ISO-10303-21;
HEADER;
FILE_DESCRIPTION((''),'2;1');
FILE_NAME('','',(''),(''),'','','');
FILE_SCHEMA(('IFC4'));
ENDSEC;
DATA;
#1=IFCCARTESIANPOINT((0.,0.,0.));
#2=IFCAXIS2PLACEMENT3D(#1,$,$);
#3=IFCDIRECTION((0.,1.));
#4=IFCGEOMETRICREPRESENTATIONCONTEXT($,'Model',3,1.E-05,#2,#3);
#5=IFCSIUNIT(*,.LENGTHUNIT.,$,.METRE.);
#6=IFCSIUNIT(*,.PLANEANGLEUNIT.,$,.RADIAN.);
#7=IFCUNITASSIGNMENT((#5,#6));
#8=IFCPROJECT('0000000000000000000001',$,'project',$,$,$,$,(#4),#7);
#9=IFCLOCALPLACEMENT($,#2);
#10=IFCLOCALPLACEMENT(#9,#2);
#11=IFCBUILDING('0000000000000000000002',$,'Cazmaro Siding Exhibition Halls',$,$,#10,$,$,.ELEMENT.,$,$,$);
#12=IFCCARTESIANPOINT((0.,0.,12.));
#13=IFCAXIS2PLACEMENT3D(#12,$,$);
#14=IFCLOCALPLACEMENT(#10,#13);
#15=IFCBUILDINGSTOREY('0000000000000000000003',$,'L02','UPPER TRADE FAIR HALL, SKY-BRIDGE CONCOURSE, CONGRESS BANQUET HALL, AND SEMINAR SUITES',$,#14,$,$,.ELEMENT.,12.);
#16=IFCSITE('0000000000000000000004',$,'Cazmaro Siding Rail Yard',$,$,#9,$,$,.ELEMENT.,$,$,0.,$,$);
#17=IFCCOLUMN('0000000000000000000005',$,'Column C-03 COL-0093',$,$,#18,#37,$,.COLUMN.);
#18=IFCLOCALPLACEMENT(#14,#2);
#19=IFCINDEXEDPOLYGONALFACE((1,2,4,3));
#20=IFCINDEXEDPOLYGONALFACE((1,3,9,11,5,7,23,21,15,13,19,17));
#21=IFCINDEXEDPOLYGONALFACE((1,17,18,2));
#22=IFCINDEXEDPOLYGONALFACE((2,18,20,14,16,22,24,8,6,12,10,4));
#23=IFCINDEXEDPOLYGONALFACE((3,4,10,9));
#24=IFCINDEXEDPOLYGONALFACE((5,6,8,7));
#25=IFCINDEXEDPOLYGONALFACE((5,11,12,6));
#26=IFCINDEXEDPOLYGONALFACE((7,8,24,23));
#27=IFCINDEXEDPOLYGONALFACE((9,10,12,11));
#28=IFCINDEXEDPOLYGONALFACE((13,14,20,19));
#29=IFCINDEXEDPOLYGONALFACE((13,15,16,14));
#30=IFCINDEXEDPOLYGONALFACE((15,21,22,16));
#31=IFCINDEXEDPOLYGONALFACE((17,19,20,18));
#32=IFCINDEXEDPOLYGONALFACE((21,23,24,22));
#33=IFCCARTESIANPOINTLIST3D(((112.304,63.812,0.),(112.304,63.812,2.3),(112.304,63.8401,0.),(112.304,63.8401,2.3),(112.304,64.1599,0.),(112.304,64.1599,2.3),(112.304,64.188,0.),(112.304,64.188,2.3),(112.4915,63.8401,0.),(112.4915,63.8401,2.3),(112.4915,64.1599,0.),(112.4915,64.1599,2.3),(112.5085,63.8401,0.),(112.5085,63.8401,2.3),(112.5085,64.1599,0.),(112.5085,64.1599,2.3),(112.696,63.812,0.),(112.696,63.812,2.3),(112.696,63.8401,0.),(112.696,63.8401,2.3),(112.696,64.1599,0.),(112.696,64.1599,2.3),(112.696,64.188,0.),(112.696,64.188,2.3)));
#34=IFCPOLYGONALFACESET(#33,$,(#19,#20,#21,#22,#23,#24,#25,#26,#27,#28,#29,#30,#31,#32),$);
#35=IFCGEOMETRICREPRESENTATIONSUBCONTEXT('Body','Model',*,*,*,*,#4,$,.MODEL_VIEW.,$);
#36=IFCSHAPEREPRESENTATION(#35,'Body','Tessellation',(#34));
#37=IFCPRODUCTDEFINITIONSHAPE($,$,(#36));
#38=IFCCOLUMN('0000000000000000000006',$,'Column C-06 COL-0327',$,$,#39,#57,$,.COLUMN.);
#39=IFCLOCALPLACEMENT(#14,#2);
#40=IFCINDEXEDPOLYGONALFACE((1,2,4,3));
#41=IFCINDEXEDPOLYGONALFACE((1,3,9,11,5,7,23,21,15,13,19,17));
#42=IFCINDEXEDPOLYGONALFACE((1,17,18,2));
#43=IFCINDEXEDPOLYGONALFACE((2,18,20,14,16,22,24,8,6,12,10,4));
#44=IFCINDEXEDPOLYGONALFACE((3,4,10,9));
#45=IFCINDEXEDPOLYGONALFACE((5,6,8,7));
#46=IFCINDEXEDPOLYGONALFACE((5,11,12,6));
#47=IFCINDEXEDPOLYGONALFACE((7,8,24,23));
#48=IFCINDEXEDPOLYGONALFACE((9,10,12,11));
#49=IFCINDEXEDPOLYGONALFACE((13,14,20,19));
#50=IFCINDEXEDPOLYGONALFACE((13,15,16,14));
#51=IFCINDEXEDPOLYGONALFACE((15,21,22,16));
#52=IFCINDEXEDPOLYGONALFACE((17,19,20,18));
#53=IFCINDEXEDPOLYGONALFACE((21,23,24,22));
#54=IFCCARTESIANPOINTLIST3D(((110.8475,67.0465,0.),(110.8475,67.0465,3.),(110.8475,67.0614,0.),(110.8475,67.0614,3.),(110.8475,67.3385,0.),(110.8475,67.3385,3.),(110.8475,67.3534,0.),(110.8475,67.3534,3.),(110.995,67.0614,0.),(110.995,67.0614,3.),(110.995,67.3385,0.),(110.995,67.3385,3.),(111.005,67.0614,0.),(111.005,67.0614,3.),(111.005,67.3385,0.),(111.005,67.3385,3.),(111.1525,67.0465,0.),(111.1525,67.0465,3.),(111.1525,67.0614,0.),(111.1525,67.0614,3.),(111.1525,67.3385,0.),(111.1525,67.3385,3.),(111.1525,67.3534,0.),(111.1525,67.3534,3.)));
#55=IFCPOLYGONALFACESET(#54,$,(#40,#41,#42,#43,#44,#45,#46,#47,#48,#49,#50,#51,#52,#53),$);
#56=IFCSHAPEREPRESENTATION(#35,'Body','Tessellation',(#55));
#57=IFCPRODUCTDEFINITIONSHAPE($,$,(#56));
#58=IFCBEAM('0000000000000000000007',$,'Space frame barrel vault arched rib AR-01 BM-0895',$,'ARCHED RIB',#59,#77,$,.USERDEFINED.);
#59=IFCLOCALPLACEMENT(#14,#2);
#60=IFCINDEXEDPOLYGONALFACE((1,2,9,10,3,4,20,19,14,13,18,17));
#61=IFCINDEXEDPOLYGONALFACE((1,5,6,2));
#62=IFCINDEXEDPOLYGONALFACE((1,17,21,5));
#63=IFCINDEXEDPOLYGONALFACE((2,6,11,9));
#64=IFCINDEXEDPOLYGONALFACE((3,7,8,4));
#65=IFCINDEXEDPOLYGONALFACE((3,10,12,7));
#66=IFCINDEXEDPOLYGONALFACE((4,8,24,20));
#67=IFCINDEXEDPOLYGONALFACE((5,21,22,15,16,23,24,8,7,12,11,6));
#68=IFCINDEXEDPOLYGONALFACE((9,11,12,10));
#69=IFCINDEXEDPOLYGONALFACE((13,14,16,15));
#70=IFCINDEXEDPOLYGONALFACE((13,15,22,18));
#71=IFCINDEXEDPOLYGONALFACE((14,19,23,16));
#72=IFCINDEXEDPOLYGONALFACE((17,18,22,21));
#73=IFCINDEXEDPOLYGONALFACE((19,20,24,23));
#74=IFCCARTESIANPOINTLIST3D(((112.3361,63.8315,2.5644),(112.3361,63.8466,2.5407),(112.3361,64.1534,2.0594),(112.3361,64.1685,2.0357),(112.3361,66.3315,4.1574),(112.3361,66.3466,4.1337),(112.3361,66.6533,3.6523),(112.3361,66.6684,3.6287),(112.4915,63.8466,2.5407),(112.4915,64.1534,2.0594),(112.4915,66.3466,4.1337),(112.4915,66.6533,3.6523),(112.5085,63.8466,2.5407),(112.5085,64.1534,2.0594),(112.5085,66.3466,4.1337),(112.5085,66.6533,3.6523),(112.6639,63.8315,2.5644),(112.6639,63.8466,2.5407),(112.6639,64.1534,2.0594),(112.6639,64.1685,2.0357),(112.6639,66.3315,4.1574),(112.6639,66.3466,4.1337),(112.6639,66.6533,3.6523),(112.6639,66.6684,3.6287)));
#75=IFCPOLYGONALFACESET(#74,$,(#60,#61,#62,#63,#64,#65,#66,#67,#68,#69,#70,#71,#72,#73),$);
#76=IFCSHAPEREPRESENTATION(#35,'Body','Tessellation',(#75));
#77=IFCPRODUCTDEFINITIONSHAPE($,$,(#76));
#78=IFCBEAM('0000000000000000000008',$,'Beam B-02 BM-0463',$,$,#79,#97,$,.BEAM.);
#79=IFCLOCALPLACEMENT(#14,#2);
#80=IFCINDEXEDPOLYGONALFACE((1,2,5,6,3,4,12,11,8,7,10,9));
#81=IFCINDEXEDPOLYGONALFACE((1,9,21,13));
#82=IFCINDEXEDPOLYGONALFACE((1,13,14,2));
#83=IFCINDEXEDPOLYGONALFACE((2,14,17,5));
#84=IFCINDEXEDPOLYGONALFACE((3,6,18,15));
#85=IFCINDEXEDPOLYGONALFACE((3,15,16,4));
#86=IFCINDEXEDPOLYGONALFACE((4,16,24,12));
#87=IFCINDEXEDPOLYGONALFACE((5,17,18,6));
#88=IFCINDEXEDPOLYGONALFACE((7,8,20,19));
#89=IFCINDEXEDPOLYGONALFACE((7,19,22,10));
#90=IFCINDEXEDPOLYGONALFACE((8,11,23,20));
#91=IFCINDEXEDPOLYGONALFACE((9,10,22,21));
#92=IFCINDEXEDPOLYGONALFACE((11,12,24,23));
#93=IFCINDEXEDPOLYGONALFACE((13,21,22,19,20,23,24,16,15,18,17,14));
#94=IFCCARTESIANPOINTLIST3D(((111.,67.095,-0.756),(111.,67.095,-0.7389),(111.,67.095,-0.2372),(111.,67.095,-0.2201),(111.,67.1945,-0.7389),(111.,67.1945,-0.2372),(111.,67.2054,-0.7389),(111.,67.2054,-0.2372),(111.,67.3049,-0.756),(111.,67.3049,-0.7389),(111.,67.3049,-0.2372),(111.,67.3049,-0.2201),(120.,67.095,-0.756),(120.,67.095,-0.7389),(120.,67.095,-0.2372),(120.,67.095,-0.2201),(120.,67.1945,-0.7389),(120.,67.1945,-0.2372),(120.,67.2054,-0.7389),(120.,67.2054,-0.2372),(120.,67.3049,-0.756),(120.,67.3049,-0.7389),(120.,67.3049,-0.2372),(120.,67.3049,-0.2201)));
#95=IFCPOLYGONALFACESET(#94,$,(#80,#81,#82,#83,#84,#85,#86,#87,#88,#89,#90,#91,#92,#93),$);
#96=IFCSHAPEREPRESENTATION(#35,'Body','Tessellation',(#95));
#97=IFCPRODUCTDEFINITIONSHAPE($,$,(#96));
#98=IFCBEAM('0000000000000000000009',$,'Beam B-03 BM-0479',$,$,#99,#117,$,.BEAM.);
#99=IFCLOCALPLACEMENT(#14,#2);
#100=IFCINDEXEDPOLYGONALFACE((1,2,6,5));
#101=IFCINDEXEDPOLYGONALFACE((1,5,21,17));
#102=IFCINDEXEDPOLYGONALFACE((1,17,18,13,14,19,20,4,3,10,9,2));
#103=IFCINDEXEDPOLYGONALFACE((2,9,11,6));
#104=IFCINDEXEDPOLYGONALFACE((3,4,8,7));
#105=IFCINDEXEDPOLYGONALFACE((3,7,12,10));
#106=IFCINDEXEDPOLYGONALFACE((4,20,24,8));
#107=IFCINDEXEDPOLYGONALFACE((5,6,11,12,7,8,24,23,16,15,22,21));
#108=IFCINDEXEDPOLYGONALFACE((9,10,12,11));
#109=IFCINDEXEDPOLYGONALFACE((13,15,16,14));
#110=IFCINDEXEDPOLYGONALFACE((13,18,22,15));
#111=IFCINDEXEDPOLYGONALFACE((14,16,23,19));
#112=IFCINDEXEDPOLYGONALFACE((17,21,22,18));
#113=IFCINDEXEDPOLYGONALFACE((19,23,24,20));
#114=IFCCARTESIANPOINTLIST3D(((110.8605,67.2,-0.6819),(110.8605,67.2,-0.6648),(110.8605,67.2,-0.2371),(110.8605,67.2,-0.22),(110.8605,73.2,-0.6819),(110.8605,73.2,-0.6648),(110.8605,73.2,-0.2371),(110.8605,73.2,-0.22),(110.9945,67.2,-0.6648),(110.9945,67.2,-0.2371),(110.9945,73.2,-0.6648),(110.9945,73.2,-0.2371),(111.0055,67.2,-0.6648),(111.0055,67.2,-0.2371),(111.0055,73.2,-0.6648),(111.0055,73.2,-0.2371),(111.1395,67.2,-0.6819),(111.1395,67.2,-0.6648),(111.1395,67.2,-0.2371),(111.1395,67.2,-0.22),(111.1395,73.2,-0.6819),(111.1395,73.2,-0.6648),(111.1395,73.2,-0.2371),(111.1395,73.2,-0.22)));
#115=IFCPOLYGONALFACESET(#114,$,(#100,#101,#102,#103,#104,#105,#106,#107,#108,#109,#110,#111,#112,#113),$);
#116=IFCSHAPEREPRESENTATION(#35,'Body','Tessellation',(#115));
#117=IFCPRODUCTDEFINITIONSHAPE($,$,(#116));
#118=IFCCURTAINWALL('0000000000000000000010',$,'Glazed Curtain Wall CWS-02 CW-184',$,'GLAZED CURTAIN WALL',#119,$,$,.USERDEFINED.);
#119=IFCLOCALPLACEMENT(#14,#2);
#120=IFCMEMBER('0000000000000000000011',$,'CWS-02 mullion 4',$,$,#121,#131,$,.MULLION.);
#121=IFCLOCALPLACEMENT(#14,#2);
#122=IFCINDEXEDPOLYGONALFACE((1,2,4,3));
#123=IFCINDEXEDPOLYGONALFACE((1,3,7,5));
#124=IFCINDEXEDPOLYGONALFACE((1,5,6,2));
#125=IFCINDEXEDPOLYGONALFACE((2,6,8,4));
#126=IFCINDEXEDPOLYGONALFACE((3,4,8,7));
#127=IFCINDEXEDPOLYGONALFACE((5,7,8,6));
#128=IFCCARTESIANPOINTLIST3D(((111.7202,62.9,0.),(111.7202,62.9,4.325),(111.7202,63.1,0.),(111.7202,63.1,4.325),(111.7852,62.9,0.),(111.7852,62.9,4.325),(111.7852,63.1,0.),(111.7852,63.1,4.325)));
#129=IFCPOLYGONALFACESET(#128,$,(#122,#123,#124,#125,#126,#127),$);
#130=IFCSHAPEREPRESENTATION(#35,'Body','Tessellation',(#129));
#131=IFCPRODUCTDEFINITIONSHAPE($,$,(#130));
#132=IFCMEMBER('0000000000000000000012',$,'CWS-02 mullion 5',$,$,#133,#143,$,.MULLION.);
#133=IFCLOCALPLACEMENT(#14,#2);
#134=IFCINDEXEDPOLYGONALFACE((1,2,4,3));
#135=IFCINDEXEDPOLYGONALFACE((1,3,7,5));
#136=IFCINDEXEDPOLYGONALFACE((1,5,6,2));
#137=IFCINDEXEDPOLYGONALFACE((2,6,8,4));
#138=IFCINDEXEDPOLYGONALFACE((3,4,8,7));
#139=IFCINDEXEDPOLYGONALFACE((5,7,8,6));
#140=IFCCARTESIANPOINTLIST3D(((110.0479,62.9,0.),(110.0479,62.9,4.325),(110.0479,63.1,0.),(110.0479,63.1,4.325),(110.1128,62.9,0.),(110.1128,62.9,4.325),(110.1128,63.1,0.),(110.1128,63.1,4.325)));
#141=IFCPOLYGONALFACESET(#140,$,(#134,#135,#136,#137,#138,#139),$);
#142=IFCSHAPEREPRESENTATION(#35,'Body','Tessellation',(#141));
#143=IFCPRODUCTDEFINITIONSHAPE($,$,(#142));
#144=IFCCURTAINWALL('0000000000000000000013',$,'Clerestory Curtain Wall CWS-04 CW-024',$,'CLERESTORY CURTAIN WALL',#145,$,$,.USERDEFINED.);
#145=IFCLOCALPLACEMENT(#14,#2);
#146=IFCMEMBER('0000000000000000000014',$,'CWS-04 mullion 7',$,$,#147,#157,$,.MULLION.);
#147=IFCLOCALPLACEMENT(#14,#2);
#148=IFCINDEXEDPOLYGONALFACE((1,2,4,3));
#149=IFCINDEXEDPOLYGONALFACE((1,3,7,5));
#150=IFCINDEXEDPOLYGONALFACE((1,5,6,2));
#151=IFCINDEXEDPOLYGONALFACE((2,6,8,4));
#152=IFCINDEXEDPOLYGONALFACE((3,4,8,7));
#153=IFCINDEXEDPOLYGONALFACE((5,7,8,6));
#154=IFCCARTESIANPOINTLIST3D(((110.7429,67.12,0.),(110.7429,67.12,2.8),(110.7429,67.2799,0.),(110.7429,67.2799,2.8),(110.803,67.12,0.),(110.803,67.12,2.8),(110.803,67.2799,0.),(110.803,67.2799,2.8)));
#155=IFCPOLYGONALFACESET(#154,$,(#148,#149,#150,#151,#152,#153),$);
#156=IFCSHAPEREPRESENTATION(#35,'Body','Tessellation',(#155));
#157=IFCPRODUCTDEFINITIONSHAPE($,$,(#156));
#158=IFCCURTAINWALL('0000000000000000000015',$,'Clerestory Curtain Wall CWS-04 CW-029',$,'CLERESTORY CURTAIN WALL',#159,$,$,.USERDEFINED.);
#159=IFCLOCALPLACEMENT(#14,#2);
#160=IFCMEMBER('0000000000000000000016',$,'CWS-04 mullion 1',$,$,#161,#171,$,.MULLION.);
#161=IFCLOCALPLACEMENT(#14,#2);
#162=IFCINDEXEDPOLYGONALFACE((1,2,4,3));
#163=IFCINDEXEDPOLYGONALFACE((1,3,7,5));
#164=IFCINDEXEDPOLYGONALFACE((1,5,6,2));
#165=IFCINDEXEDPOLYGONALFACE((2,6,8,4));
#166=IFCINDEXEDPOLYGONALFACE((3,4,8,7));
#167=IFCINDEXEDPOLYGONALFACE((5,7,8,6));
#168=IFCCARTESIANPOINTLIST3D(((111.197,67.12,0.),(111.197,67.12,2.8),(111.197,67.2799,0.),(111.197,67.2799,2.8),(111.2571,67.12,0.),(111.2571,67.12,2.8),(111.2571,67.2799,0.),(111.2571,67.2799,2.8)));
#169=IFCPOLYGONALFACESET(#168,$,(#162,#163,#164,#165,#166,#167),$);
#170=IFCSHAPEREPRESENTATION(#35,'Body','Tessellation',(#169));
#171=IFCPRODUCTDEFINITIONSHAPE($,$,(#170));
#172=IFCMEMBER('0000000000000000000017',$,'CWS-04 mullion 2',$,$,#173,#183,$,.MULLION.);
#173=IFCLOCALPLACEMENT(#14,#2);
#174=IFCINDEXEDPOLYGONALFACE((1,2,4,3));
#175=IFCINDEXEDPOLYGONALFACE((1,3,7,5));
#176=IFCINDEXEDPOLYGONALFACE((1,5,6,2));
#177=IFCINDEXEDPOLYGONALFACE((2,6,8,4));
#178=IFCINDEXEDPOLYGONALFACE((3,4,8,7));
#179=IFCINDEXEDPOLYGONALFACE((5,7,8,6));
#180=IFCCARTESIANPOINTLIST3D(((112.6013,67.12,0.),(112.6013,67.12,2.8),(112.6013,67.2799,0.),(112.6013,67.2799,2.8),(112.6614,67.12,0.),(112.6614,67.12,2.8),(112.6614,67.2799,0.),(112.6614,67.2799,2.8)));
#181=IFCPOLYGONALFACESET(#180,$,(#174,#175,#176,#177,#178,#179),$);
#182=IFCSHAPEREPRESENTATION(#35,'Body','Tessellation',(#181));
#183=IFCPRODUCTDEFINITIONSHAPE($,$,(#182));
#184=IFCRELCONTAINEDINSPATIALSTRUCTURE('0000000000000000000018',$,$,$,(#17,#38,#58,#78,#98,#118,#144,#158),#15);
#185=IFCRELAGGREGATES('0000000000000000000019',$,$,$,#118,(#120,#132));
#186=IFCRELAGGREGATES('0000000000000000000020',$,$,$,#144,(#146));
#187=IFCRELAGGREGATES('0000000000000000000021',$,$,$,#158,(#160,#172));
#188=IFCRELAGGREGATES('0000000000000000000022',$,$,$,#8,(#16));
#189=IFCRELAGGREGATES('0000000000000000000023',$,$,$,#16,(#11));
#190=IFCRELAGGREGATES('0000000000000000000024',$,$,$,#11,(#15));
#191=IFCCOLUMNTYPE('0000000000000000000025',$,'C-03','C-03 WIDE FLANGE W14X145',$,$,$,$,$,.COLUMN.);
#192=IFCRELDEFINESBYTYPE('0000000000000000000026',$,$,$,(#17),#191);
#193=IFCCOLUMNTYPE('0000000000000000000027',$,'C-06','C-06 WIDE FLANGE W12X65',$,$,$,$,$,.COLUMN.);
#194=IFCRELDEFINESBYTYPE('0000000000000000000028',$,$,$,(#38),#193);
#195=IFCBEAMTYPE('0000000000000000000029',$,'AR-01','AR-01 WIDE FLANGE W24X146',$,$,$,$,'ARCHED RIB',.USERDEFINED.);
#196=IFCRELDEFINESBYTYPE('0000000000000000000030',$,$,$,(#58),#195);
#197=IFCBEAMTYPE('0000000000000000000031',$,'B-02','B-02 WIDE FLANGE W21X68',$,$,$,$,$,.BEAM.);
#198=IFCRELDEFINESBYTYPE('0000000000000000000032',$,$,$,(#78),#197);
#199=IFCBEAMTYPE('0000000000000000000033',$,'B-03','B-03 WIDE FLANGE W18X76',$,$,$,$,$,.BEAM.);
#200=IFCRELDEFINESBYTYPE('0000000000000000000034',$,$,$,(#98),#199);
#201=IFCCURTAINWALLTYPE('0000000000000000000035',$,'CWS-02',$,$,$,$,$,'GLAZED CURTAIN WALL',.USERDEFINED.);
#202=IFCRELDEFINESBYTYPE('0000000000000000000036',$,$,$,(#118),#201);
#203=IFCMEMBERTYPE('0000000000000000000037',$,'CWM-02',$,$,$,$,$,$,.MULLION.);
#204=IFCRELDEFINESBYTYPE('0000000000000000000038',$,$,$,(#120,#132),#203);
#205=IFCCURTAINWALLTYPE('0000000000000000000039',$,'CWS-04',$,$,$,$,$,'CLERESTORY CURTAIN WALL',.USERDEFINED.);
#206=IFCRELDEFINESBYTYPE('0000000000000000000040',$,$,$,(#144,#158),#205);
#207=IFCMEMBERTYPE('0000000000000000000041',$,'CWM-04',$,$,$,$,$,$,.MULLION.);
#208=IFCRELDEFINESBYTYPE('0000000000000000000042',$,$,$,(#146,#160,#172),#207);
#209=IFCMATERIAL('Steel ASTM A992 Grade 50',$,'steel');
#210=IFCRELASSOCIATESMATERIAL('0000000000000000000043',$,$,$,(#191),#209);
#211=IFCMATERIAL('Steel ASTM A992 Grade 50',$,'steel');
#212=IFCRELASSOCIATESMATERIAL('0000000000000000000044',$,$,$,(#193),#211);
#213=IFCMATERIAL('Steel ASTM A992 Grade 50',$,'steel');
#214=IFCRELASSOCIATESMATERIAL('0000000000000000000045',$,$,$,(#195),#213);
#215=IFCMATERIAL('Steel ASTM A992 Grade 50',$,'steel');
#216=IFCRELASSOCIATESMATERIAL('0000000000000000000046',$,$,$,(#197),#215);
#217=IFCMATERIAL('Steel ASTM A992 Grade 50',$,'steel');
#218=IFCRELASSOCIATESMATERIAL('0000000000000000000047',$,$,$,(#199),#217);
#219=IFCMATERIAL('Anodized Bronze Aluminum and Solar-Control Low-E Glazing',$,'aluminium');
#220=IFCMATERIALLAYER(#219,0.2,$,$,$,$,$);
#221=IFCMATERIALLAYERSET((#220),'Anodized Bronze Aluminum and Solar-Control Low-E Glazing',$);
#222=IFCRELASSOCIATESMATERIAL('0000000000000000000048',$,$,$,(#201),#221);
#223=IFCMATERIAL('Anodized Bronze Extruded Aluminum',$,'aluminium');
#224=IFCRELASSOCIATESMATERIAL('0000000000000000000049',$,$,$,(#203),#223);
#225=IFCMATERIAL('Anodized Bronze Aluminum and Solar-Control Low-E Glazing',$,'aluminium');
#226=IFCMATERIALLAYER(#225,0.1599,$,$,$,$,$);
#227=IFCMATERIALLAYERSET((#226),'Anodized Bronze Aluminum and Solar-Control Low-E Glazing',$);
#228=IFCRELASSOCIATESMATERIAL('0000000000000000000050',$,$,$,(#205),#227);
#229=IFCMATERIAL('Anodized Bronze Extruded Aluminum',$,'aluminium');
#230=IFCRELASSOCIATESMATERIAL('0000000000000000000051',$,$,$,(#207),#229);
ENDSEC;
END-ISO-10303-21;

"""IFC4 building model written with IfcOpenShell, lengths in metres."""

from ifc_helpers import new_model, si_unit, direction, frame, origin, origin_2d, place, context, subcontext, project, spatial, rectangle, i_section, extrude, material, layer, layer_set, material_profile, profile_set, type_object, element, aggregate, save


model = new_model("IFC4")

# Units and contexts
model_context = context("Model", 3, precision=1e-05, world=origin(), true_north=direction((0.0, 1.0)))
body_context = subcontext(model_context, "Body", "Model", "MODEL_VIEW")
ifc_project = project(units=[si_unit("LENGTHUNIT", "METRE"), si_unit("PLANEANGLEUNIT", "RADIAN")], contexts=[model_context])

# Site, building, storey
site_placement = place(None, origin())
site = spatial("IfcSite", under=ifc_project, at=site_placement, Name="Cazmaro Siding Rail Yard", CompositionType="ELEMENT", RefElevation=0.0)
building_placement = place(site_placement, origin())
building = spatial("IfcBuilding", under=site, at=building_placement, Name="Cazmaro Siding Exhibition Halls", CompositionType="ELEMENT")
storey_placement = place(building_placement, frame((0.0, 0.0, 12.0)))
storey = spatial("IfcBuildingStorey", under=building, at=storey_placement, Name="L02", Description="UPPER TRADE FAIR HALL, SKY-BRIDGE CONCOURSE, CONGRESS BANQUET HALL, AND SEMINAR SUITES", CompositionType="ELEMENT", Elevation=12.0)

# Columns
ifc_material_1 = material(Name="Steel ASTM A992 Grade 50", Category="steel")
ifc_material_profile_1 = material_profile(ifc_material_1, i_section(OverallWidth=0.3921, OverallDepth=0.376, WebThickness=0.0171, FlangeThickness=0.0281, at=origin_2d()), Name="W14X145")
ifc_profile_set_1 = profile_set([ifc_material_profile_1], Name="Steel ASTM A992 Grade 50")
column_type_1 = type_object("IfcColumnType", Name="C-03", Description="C-03 WIDE FLANGE W14X145", PredefinedType="COLUMN", material=ifc_profile_set_1)
column_1_placement = place(storey_placement, frame((112.5, 64.0, 0.0), z_axis=(0.0, 0.0, 1.0), x_axis=(1.0, 0.0, 0.0)))
element("IfcColumn", 1, at=column_1_placement, inside=storey, type_object=column_type_1, Name="Column C-03 COL-0093", PredefinedType="COLUMN", context=body_context, shape_type="SweptSolid", body=[
    extrude(i_section(OverallWidth=0.3921, OverallDepth=0.376, WebThickness=0.0171, FlangeThickness=0.0281, at=origin_2d()), origin(), (0.0, 0.0, 1.0), 2.3),
])
ifc_material_2 = material(Name="Steel ASTM A992 Grade 50", Category="steel")
ifc_material_profile_2 = material_profile(ifc_material_2, i_section(OverallWidth=0.3049, OverallDepth=0.3069, WebThickness=0.01, FlangeThickness=0.0149, at=origin_2d()), Name="W12X65")
ifc_profile_set_2 = profile_set([ifc_material_profile_2], Name="Steel ASTM A992 Grade 50")
column_type_2 = type_object("IfcColumnType", Name="C-06", Description="C-06 WIDE FLANGE W12X65", PredefinedType="COLUMN", material=ifc_profile_set_2)
column_2_placement = place(storey_placement, frame((111.0, 67.2, 0.0), z_axis=(0.0, 0.0, 1.0), x_axis=(1.0, 0.0, 0.0)))
element("IfcColumn", 2, at=column_2_placement, inside=storey, type_object=column_type_2, Name="Column C-06 COL-0327", PredefinedType="COLUMN", context=body_context, shape_type="SweptSolid", body=[
    extrude(i_section(OverallWidth=0.3049, OverallDepth=0.3069, WebThickness=0.01, FlangeThickness=0.0149, at=origin_2d()), origin(), (0.0, 0.0, 1.0), 3.0),
])

# Beams
ifc_material_3 = material(Name="Steel ASTM A992 Grade 50", Category="steel")
ifc_material_profile_3 = material_profile(ifc_material_3, i_section(OverallWidth=0.3279, OverallDepth=0.627, WebThickness=0.0171, FlangeThickness=0.0281, at=origin_2d()), Name="W24X146")
ifc_profile_set_3 = profile_set([ifc_material_profile_3], Name="Steel ASTM A992 Grade 50")
beam_type_1 = type_object("IfcBeamType", Name="AR-01", Description="AR-01 WIDE FLANGE W24X146", ElementType="ARCHED RIB", PredefinedType="USERDEFINED", material=ifc_profile_set_3)
beam_1_placement = place(storey_placement, frame((112.5, 64.0, 2.3), z_axis=(0.0, 0.843339, 0.537382), x_axis=(-1.0, 0.0, 0.0)))
element("IfcBeam", 3, at=beam_1_placement, inside=storey, type_object=beam_type_1, Name="Space frame barrel vault arched rib AR-01 BM-0895", ObjectType="ARCHED RIB", PredefinedType="USERDEFINED", context=body_context, shape_type="SweptSolid", body=[
    extrude(i_section(OverallWidth=0.3279, OverallDepth=0.627, WebThickness=0.0171, FlangeThickness=0.0281, at=origin_2d()), origin(), (0.0, 0.0, 1.0), 2.9644),
])
ifc_material_4 = material(Name="Steel ASTM A992 Grade 50", Category="steel")
ifc_material_profile_4 = material_profile(ifc_material_4, i_section(OverallWidth=0.21, OverallDepth=0.5359, WebThickness=0.011, FlangeThickness=0.0171, at=origin_2d()), Name="W21X68")
ifc_profile_set_4 = profile_set([ifc_material_profile_4], Name="Steel ASTM A992 Grade 50")
beam_type_2 = type_object("IfcBeamType", Name="B-02", Description="B-02 WIDE FLANGE W21X68", PredefinedType="BEAM", material=ifc_profile_set_4)
beam_2_placement = place(storey_placement, frame((111.0, 67.2, -0.488), z_axis=(1.0, 0.0, 0.0), x_axis=(0.0, 1.0, 0.0)))
element("IfcBeam", 4, at=beam_2_placement, inside=storey, type_object=beam_type_2, Name="Beam B-02 BM-0463", PredefinedType="BEAM", context=body_context, shape_type="SweptSolid", body=[
    extrude(i_section(OverallWidth=0.21, OverallDepth=0.5359, WebThickness=0.011, FlangeThickness=0.0171, at=origin_2d()), origin(), (0.0, 0.0, 1.0), 9.0),
])
ifc_material_5 = material(Name="Steel ASTM A992 Grade 50", Category="steel")
ifc_material_profile_5 = material_profile(ifc_material_5, i_section(OverallWidth=0.2791, OverallDepth=0.4619, WebThickness=0.011, FlangeThickness=0.0171, at=origin_2d()), Name="W18X76")
ifc_profile_set_5 = profile_set([ifc_material_profile_5], Name="Steel ASTM A992 Grade 50")
beam_type_3 = type_object("IfcBeamType", Name="B-03", Description="B-03 WIDE FLANGE W18X76", PredefinedType="BEAM", material=ifc_profile_set_5)
beam_3_placement = place(storey_placement, frame((111.0, 67.2, -0.4509), z_axis=(0.0, 1.0, 0.0), x_axis=(-1.0, 0.0, 0.0)))
element("IfcBeam", 5, at=beam_3_placement, inside=storey, type_object=beam_type_3, Name="Beam B-03 BM-0479", PredefinedType="BEAM", context=body_context, shape_type="SweptSolid", body=[
    extrude(i_section(OverallWidth=0.2791, OverallDepth=0.4619, WebThickness=0.011, FlangeThickness=0.0171, at=origin_2d()), origin(), (0.0, 0.0, 1.0), 6.0),
])

# Curtain wall, members
ifc_material_6 = material(Name="Anodized Bronze Aluminum and Solar-Control Low-E Glazing", Category="aluminium")
ifc_layer_1 = layer(ifc_material_6, 0.2)
ifc_layer_set_1 = layer_set([ifc_layer_1], Name="Anodized Bronze Aluminum and Solar-Control Low-E Glazing")
curtain_wall_type_1 = type_object("IfcCurtainWallType", Name="CWS-02", ElementType="GLAZED CURTAIN WALL", PredefinedType="USERDEFINED", material=ifc_layer_set_1)
curtain_wall_1_placement = place(storey_placement, origin())
curtain_wall_1 = element("IfcCurtainWall", 6, at=curtain_wall_1_placement, inside=storey, type_object=curtain_wall_type_1, Name="Glazed Curtain Wall CWS-02 CW-184", ObjectType="GLAZED CURTAIN WALL", PredefinedType="USERDEFINED")
ifc_material_7 = material(Name="Anodized Bronze Extruded Aluminum", Category="aluminium")
ifc_material_profile_6 = material_profile(ifc_material_7, rectangle(XDim=0.2, YDim=0.0649, at=origin_2d()), Name="CWM-02")
ifc_profile_set_6 = profile_set([ifc_material_profile_6], Name="Anodized Bronze Extruded Aluminum")
member_type_1 = type_object("IfcMemberType", Name="CWM-02", PredefinedType="MULLION", material=ifc_profile_set_6)
member_1_placement = place(storey_placement, frame((111.7527, 63.0, 0.0), z_axis=(0.0, 0.0, 1.0), x_axis=(0.0, -1.0, 0.0)))
member_1 = element("IfcMember", 7, at=member_1_placement, type_object=member_type_1, Name="CWS-02 mullion 4", PredefinedType="MULLION", context=body_context, shape_type="SweptSolid", body=[
    extrude(rectangle(XDim=0.2, YDim=0.0649, at=origin_2d()), origin(), (0.0, 0.0, 1.0), 4.325),
])
member_2_placement = place(storey_placement, frame((110.0803, 63.0, 0.0), z_axis=(0.0, 0.0, 1.0), x_axis=(0.0, -1.0, 0.0)))
member_2 = element("IfcMember", 8, at=member_2_placement, type_object=member_type_1, Name="CWS-02 mullion 5", PredefinedType="MULLION", context=body_context, shape_type="SweptSolid", body=[
    extrude(rectangle(XDim=0.2, YDim=0.0649, at=origin_2d()), origin(), (0.0, 0.0, 1.0), 4.325),
])

# Curtain wall, member
ifc_material_8 = material(Name="Anodized Bronze Aluminum and Solar-Control Low-E Glazing", Category="aluminium")
ifc_layer_2 = layer(ifc_material_8, 0.1599)
ifc_layer_set_2 = layer_set([ifc_layer_2], Name="Anodized Bronze Aluminum and Solar-Control Low-E Glazing")
curtain_wall_type_2 = type_object("IfcCurtainWallType", Name="CWS-04", ElementType="CLERESTORY CURTAIN WALL", PredefinedType="USERDEFINED", material=ifc_layer_set_2)
curtain_wall_2_placement = place(storey_placement, origin())
curtain_wall_2 = element("IfcCurtainWall", 9, at=curtain_wall_2_placement, inside=storey, type_object=curtain_wall_type_2, Name="Clerestory Curtain Wall CWS-04 CW-024", ObjectType="CLERESTORY CURTAIN WALL", PredefinedType="USERDEFINED")
ifc_material_9 = material(Name="Anodized Bronze Extruded Aluminum", Category="aluminium")
ifc_material_profile_7 = material_profile(ifc_material_9, rectangle(XDim=0.1599, YDim=0.0601, at=origin_2d()), Name="CWM-04")
ifc_profile_set_7 = profile_set([ifc_material_profile_7], Name="Anodized Bronze Extruded Aluminum")
member_type_2 = type_object("IfcMemberType", Name="CWM-04", PredefinedType="MULLION", material=ifc_profile_set_7)
member_3_placement = place(storey_placement, frame((110.7729, 67.2, 0.0), z_axis=(0.0, 0.0, 1.0), x_axis=(0.0, 1.0, 0.0)))
member_3 = element("IfcMember", 10, at=member_3_placement, type_object=member_type_2, Name="CWS-04 mullion 7", PredefinedType="MULLION", context=body_context, shape_type="SweptSolid", body=[
    extrude(rectangle(XDim=0.1599, YDim=0.0601, at=origin_2d()), origin(), (0.0, 0.0, 1.0), 2.8),
])

# Curtain wall, members
curtain_wall_3_placement = place(storey_placement, origin())
curtain_wall_3 = element("IfcCurtainWall", 11, at=curtain_wall_3_placement, inside=storey, type_object=curtain_wall_type_2, Name="Clerestory Curtain Wall CWS-04 CW-029", ObjectType="CLERESTORY CURTAIN WALL", PredefinedType="USERDEFINED")
member_4_placement = place(storey_placement, frame((111.2271, 67.2, 0.0), z_axis=(0.0, 0.0, 1.0), x_axis=(0.0, 1.0, 0.0)))
member_4 = element("IfcMember", 12, at=member_4_placement, type_object=member_type_2, Name="CWS-04 mullion 1", PredefinedType="MULLION", context=body_context, shape_type="SweptSolid", body=[
    extrude(rectangle(XDim=0.1599, YDim=0.0601, at=origin_2d()), origin(), (0.0, 0.0, 1.0), 2.8),
])
member_5_placement = place(storey_placement, frame((112.6313, 67.2, 0.0), z_axis=(0.0, 0.0, 1.0), x_axis=(0.0, 1.0, 0.0)))
member_5 = element("IfcMember", 13, at=member_5_placement, type_object=member_type_2, Name="CWS-04 mullion 2", PredefinedType="MULLION", context=body_context, shape_type="SweptSolid", body=[
    extrude(rectangle(XDim=0.1599, YDim=0.0601, at=origin_2d()), origin(), (0.0, 0.0, 1.0), 2.8),
])

aggregate(curtain_wall_1, [member_1, member_2])
aggregate(curtain_wall_2, [member_3])
aggregate(curtain_wall_3, [member_4, member_5])

save(model, "model.ifc")
